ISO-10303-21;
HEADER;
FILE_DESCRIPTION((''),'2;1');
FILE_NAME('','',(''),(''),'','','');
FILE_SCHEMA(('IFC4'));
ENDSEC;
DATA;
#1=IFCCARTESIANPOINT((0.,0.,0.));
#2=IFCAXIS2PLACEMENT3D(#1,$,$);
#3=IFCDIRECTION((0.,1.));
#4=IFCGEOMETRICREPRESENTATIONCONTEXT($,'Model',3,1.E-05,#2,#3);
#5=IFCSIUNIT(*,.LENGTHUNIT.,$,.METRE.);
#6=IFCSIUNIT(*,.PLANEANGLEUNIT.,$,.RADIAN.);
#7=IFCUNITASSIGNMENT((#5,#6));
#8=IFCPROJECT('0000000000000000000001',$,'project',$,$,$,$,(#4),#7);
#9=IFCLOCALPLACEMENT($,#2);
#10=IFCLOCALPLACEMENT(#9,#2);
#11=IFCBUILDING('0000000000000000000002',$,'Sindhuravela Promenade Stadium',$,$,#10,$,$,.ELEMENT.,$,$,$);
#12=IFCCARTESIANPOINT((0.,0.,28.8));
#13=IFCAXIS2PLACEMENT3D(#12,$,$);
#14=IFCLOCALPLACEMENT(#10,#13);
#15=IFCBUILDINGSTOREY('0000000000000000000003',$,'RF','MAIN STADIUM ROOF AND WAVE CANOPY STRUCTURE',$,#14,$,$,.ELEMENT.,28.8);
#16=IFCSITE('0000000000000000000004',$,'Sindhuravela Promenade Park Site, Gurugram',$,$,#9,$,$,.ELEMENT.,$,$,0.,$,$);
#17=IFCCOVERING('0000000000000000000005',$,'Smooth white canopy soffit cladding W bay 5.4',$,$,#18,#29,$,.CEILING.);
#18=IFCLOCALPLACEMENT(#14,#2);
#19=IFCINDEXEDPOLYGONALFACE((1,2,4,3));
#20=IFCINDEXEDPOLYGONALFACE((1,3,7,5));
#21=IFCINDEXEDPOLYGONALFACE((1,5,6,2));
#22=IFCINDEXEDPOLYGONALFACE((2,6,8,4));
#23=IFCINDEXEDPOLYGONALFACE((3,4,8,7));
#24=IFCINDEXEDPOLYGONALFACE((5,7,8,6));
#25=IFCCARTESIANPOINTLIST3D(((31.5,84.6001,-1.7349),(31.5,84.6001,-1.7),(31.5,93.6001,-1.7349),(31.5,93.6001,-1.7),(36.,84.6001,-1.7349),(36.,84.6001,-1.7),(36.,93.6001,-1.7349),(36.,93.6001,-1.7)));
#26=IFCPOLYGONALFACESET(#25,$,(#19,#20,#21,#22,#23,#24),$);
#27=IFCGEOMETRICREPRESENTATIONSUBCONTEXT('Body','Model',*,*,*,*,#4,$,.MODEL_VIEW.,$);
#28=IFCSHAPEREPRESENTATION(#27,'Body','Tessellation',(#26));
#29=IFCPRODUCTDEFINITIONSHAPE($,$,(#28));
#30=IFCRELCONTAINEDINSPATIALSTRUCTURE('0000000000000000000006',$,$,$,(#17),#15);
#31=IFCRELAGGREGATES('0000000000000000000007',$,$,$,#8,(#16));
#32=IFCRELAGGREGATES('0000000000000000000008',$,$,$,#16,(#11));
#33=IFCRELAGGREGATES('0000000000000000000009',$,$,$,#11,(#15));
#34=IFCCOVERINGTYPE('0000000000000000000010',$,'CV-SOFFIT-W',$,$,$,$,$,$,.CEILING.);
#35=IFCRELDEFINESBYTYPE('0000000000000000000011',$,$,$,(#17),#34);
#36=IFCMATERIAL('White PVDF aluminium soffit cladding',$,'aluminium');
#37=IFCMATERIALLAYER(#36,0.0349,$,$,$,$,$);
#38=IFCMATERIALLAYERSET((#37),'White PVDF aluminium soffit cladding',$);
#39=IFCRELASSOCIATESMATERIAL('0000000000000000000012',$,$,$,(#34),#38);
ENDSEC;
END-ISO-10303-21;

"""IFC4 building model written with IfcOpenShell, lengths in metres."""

from ifc_helpers import new_model, si_unit, direction, frame, origin, place, context, subcontext, project, spatial, polyline, outline, extrude, material, layer, layer_set, type_object, element, save


model = new_model("IFC4")

# Units and contexts
model_context = context("Model", 3, precision=1e-05, world=origin(), true_north=direction((0.0, 1.0)))
body_context = subcontext(model_context, "Body", "Model", "MODEL_VIEW")
ifc_project = project(units=[si_unit("LENGTHUNIT", "METRE"), si_unit("PLANEANGLEUNIT", "RADIAN")], contexts=[model_context])

# Site, building, storey
site_placement = place(None, origin())
site = spatial("IfcSite", under=ifc_project, at=site_placement, Name="Sindhuravela Promenade Park Site, Gurugram", CompositionType="ELEMENT", RefElevation=0.0)
building_placement = place(site_placement, origin())
building = spatial("IfcBuilding", under=site, at=building_placement, Name="Sindhuravela Promenade Stadium", CompositionType="ELEMENT")
storey_placement = place(building_placement, frame((0.0, 0.0, 28.8)))
storey = spatial("IfcBuildingStorey", under=building, at=storey_placement, Name="RF", Description="MAIN STADIUM ROOF AND WAVE CANOPY STRUCTURE", CompositionType="ELEMENT", Elevation=28.8)

# Covering
ifc_material_1 = material(Name="White PVDF aluminium soffit cladding", Category="aluminium")
ifc_layer_1 = layer(ifc_material_1, 0.0349)
ifc_layer_set_1 = layer_set([ifc_layer_1], Name="White PVDF aluminium soffit cladding")
covering_type_1 = type_object("IfcCoveringType", Name="CV-SOFFIT-W", PredefinedType="CEILING", material=ifc_layer_set_1)
for number, where, z_axis, x_axis, name in (
    (1, (31.5, 84.6001, -1.7), (0.0, 0.0, 1.0), (0.0, 1.0, 0.0), "Smooth white canopy soffit cladding W bay 5.4"),
):
    element("IfcCovering", number, at=place(storey_placement, frame(where, z_axis=z_axis, x_axis=x_axis)), inside=storey, type_object=covering_type_1, Name=name, PredefinedType="CEILING", context=body_context, shape_type="SweptSolid", body=[
        extrude(outline(polyline([(0.0, 0.0), (0.0, -4.5), (9.0, -4.5), (9.0, 0.0), (0.0, 0.0)])), origin(), (0.0, 0.0, -1.0), 0.0349),
    ])

save(model, "model.ifc")
